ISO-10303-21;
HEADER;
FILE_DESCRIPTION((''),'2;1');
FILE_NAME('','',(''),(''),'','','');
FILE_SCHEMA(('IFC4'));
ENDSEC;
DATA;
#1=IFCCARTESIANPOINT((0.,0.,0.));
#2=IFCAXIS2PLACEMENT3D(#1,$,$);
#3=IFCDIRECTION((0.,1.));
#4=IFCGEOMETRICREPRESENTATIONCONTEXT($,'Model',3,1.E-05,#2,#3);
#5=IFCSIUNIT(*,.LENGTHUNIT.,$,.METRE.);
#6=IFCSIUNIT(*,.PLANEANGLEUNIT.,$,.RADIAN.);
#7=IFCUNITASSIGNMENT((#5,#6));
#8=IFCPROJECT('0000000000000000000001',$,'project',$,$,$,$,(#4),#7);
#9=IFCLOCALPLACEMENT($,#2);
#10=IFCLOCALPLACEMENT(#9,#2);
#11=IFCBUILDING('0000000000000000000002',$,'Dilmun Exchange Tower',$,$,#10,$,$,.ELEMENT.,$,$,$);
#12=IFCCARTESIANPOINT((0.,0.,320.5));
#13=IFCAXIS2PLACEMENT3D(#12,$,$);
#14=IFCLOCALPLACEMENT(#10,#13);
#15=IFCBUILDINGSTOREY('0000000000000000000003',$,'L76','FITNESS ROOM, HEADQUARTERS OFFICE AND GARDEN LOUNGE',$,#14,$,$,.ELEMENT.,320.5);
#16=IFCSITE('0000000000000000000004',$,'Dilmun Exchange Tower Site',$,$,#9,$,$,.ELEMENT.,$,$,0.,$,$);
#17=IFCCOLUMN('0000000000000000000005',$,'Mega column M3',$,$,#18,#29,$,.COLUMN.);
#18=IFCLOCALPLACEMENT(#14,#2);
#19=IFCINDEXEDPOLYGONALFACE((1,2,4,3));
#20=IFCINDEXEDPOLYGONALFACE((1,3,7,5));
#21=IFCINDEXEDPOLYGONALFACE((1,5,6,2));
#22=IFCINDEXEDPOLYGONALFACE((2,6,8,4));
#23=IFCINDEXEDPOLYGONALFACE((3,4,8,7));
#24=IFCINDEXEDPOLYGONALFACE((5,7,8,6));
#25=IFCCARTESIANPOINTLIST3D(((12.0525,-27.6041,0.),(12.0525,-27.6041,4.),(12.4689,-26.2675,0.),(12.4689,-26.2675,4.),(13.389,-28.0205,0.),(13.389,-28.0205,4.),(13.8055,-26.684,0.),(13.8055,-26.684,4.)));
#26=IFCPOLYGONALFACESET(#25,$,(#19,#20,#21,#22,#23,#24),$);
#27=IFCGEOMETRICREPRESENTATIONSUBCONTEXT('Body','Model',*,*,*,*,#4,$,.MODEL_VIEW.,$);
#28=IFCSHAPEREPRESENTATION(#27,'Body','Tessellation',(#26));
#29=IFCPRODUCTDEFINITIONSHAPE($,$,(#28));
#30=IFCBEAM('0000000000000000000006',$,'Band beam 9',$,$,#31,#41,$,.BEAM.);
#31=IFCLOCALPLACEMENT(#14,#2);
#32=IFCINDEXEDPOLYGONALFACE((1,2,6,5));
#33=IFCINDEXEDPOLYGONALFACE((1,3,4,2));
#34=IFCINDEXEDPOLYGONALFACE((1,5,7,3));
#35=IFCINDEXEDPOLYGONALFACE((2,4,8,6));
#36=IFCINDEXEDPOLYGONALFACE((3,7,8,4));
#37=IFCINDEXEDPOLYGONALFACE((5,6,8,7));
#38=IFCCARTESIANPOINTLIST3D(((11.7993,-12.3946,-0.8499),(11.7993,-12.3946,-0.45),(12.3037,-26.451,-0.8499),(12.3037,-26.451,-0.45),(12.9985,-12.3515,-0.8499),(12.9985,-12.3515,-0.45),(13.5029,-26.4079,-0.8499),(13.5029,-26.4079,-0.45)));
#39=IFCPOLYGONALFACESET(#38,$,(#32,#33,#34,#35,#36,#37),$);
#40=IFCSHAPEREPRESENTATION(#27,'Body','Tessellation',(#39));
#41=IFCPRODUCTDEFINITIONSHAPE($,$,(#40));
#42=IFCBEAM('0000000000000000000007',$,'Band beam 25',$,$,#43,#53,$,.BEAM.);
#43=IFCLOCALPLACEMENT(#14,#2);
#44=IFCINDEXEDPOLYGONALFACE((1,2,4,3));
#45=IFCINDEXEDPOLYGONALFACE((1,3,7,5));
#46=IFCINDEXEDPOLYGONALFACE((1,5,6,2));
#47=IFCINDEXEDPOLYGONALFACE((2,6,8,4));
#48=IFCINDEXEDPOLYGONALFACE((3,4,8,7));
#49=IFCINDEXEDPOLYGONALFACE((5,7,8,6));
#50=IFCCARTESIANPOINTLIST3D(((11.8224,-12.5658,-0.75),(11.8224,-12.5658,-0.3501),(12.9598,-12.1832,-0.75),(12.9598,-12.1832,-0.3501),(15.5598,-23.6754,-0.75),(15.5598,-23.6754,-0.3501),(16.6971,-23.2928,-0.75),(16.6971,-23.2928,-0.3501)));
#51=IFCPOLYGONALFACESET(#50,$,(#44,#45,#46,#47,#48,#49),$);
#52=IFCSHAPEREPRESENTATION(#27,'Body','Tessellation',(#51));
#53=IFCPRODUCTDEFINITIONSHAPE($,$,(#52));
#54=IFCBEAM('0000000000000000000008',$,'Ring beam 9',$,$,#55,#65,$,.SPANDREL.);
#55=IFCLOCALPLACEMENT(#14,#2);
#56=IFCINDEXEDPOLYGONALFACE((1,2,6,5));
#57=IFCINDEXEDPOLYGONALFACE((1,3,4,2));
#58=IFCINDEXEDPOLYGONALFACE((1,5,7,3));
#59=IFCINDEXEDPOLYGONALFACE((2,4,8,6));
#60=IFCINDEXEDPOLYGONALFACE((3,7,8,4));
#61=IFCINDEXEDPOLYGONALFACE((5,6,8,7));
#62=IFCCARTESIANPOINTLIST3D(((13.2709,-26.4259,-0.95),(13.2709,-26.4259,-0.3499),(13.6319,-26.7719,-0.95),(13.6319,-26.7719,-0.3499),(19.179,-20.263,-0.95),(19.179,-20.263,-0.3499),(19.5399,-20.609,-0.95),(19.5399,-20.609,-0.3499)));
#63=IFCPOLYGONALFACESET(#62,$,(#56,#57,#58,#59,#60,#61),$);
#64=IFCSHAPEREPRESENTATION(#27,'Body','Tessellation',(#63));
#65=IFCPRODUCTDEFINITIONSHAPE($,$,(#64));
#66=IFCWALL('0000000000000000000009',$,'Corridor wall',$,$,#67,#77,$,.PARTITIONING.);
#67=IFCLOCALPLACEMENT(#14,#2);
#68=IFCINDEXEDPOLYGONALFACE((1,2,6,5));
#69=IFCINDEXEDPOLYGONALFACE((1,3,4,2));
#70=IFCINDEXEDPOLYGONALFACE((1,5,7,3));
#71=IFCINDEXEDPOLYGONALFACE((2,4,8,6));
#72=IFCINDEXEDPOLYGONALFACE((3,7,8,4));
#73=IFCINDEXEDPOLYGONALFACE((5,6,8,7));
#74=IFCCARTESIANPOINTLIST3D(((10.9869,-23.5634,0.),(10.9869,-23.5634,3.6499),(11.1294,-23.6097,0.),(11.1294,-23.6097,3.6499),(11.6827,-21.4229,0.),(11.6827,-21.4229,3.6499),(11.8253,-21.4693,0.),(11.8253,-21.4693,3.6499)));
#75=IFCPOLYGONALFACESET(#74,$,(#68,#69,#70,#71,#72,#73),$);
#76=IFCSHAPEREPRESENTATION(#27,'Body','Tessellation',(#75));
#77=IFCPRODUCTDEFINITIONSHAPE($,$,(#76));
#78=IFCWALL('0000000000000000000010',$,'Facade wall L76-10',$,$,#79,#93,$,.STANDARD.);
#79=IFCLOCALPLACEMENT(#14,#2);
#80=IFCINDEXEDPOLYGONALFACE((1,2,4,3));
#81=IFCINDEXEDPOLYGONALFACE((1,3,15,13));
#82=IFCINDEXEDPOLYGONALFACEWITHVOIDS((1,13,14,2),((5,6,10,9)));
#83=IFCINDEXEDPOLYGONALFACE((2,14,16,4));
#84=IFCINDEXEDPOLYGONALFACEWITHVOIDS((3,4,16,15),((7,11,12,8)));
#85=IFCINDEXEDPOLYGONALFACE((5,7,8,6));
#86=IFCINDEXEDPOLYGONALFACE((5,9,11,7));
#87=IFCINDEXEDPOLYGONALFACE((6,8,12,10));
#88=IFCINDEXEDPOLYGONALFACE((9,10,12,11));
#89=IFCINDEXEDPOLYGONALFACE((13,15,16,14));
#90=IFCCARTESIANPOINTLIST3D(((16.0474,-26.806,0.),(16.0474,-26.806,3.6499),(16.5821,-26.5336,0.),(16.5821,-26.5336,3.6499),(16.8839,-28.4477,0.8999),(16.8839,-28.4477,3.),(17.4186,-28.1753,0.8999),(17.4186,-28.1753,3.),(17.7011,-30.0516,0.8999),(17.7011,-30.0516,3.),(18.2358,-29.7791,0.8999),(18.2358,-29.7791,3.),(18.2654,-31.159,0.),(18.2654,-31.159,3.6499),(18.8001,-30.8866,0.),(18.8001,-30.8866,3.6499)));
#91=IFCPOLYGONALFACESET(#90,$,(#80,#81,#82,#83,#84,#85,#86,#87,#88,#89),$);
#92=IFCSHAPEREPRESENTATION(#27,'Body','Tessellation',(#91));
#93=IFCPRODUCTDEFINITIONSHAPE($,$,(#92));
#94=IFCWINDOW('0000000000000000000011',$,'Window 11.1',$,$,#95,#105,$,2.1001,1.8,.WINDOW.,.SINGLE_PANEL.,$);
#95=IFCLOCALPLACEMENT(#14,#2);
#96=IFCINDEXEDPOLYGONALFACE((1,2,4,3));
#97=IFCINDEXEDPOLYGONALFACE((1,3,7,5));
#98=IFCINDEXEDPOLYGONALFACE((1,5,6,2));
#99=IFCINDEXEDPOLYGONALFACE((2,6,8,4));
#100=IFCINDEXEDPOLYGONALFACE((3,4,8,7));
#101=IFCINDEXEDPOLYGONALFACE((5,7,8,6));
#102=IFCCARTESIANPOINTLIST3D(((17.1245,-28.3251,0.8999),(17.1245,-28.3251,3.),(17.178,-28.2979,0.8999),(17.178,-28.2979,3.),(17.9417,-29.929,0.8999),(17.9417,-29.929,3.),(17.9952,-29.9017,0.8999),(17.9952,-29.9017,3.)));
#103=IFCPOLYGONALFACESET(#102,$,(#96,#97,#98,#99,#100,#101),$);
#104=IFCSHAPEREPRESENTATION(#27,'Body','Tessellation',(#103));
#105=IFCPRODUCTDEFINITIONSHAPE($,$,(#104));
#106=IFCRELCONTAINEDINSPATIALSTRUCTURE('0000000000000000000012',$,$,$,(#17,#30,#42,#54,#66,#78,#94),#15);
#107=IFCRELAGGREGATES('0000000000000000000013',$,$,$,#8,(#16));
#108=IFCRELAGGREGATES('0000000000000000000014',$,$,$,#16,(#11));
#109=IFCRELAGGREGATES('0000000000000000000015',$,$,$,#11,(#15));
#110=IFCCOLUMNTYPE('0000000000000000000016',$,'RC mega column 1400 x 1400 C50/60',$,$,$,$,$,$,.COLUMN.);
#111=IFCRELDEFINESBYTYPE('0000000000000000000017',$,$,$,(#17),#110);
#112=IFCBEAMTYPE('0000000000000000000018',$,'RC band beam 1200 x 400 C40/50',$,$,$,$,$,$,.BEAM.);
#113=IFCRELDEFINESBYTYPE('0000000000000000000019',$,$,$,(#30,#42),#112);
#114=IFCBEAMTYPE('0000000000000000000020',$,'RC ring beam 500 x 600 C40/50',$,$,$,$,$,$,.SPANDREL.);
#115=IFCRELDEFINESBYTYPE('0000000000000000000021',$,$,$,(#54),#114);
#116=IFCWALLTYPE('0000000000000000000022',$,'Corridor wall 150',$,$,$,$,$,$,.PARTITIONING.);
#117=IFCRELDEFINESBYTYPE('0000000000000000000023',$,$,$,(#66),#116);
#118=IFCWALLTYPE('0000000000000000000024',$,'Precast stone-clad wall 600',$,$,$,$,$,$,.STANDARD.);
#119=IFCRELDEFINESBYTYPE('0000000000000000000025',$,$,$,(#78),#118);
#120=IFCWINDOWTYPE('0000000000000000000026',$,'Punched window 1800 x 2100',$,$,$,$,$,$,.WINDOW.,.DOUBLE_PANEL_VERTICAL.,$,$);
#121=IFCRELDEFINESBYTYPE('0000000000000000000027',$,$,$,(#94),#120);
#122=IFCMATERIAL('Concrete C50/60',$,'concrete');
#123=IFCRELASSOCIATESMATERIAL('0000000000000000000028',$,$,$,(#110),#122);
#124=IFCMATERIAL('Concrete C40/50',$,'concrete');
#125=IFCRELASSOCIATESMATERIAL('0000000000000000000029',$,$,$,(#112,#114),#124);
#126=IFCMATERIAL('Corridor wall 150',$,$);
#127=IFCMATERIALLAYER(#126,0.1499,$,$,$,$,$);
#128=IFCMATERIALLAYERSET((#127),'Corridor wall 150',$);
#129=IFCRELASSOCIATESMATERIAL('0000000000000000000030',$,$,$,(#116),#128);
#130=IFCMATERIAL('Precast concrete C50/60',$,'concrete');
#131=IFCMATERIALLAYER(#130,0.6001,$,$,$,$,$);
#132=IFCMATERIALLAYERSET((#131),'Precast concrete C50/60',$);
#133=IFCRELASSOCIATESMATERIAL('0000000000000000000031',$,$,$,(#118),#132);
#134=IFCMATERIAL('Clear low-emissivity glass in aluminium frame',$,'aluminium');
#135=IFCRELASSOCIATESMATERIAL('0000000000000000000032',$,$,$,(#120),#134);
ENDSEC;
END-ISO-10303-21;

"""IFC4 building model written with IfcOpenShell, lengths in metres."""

from ifc_helpers import new_model, si_unit, direction, frame, frame_2d, origin, origin_2d, place, context, subcontext, project, spatial, rectangle, extrude, material, layer, layer_set, material_profile, profile_set, type_object, element, fill, save


model = new_model("IFC4")

# Units and contexts
model_context = context("Model", 3, precision=1e-05, world=origin(), true_north=direction((0.0, 1.0)))
body_context = subcontext(model_context, "Body", "Model", "MODEL_VIEW")
ifc_project = project(units=[si_unit("LENGTHUNIT", "METRE"), si_unit("PLANEANGLEUNIT", "RADIAN")], contexts=[model_context])

# Site, building, storey
site_placement = place(None, origin())
site = spatial("IfcSite", under=ifc_project, at=site_placement, Name="Dilmun Exchange Tower Site", CompositionType="ELEMENT", RefElevation=0.0)
building_placement = place(site_placement, origin())
building = spatial("IfcBuilding", under=site, at=building_placement, Name="Dilmun Exchange Tower", CompositionType="ELEMENT")
storey_placement = place(building_placement, frame((0.0, 0.0, 320.5)))
storey = spatial("IfcBuildingStorey", under=building, at=storey_placement, Name="L76", Description="FITNESS ROOM, HEADQUARTERS OFFICE AND GARDEN LOUNGE", CompositionType="ELEMENT", Elevation=320.5)

# Column
ifc_material_1 = material(Name="Concrete C50/60", Category="concrete")
ifc_material_profile_1 = material_profile(ifc_material_1, rectangle(XDim=1.3999, YDim=1.3999, at=origin_2d()), Name="1400 x 1400")
ifc_profile_set_1 = profile_set([ifc_material_profile_1], Name="Concrete C50/60")
column_type = type_object("IfcColumnType", Name="RC mega column 1400 x 1400 C50/60", PredefinedType="COLUMN", material=ifc_profile_set_1)
column_placement = place(storey_placement, frame((12.929, -27.144, 0.0), z_axis=(0.0, 0.0, 1.0), x_axis=(0.297503, 0.954721, 0.0)))
element("IfcColumn", 1, at=column_placement, inside=storey, type_object=column_type, Name="Mega column M3", PredefinedType="COLUMN", context=body_context, shape_type="SweptSolid", body=[
    extrude(rectangle(XDim=1.3999, YDim=1.3999, at=origin_2d()), origin(), (0.0, 0.0, 1.0), 4.0),
])

# Beams
ifc_material_2 = material(Name="Concrete C40/50", Category="concrete")
ifc_material_profile_2 = material_profile(ifc_material_2, rectangle(XDim=1.2, YDim=0.3999, at=origin_2d()), Name="1200 x 400")
ifc_profile_set_2 = profile_set([ifc_material_profile_2], Name="Concrete C40/50")
beam_type_1 = type_object("IfcBeamType", Name="RC band beam 1200 x 400 C40/50", PredefinedType="BEAM", material=ifc_profile_set_2)
beam_1_placement = place(storey_placement, frame((12.9033, -26.4294, -0.6499), z_axis=(-0.035861, 0.999357, 0.0), x_axis=(-0.999357, -0.035861, 0.0)))
element("IfcBeam", 2, at=beam_1_placement, inside=storey, type_object=beam_type_1, Name="Band beam 9", PredefinedType="BEAM", context=body_context, shape_type="SweptSolid", body=[
    extrude(rectangle(XDim=1.2, YDim=0.3999, at=origin_2d()), origin(), (0.0, 0.0, 1.0), 14.0654),
])
beam_2_placement = place(storey_placement, frame((16.1284, -23.4841, -0.55), z_axis=(-0.318845, 0.947807, 0.0), x_axis=(-0.947807, -0.318845, 0.0)))
element("IfcBeam", 3, at=beam_2_placement, inside=storey, type_object=beam_type_1, Name="Band beam 25", PredefinedType="BEAM", context=body_context, shape_type="SweptSolid", body=[
    extrude(rectangle(XDim=1.2, YDim=0.3999, at=origin_2d()), origin(), (0.0, 0.0, 1.0), 11.7214),
])
ifc_material_profile_3 = material_profile(ifc_material_2, rectangle(XDim=0.5, YDim=0.6001, at=origin_2d()), Name="500 x 600")
ifc_profile_set_3 = profile_set([ifc_material_profile_3], Name="Concrete C40/50")
beam_type_2 = type_object("IfcBeamType", Name="RC ring beam 500 x 600 C40/50", PredefinedType="SPANDREL", material=ifc_profile_set_3)
beam_3_placement = place(storey_placement, frame((13.4514, -26.5989, -0.6499), z_axis=(0.692022, 0.721877, 0.0), x_axis=(-0.721877, 0.692022, 0.0)))
element("IfcBeam", 4, at=beam_3_placement, inside=storey, type_object=beam_type_2, Name="Ring beam 9", PredefinedType="SPANDREL", context=body_context, shape_type="SweptSolid", body=[
    extrude(rectangle(XDim=0.5, YDim=0.6001, at=origin_2d()), origin(), (0.0, 0.0, 1.0), 8.5374),
])

# Wall
ifc_material_3 = material(Name="Corridor wall 150")
ifc_layer_1 = layer(ifc_material_3, 0.1499)
ifc_layer_set_1 = layer_set([ifc_layer_1], Name="Corridor wall 150")
wall_type_1 = type_object("IfcWallType", Name="Corridor wall 150", PredefinedType="PARTITIONING", material=ifc_layer_set_1)
wall_1_placement = place(storey_placement, frame((11.0581, -23.5867, 0.0), z_axis=(0.0, 0.0, 1.0), x_axis=(0.309157, 0.951011, 0.0)))
element("IfcWall", 5, at=wall_1_placement, inside=storey, type_object=wall_type_1, Name="Corridor wall", PredefinedType="PARTITIONING", context=body_context, shape_type="SweptSolid", body=[
    extrude(rectangle(XDim=2.2507, YDim=0.1499, at=frame_2d((1.1255, 0.0))), origin(), (0.0, 0.0, 1.0), 3.6499),
])

# Wall, opening, window
ifc_material_4 = material(Name="Precast concrete C50/60", Category="concrete")
ifc_layer_2 = layer(ifc_material_4, 0.6001)
ifc_layer_set_2 = layer_set([ifc_layer_2], Name="Precast concrete C50/60")
wall_type_2 = type_object("IfcWallType", Name="Precast stone-clad wall 600", PredefinedType="STANDARD", material=ifc_layer_set_2)
wall_2_placement = place(storey_placement, frame((16.3147, -26.6697, 0.0), z_axis=(0.0, 0.0, 1.0), x_axis=(0.453997, -0.891003, 0.0)))
wall_2 = element("IfcWall", 6, at=wall_2_placement, inside=storey, type_object=wall_type_2, Name="Facade wall L76-10", PredefinedType="STANDARD", context=body_context, shape_type="SweptSolid", body=[
    extrude(rectangle(XDim=4.8855, YDim=0.6001, at=frame_2d((2.4429, 0.0))), origin(), (0.0, 0.0, 1.0), 3.6499),
])
opening_1_placement = place(wall_2_placement, frame((1.8428, 0.0, 0.8999)))
opening_1 = element("IfcOpeningElement", 7, at=opening_1_placement, cuts=wall_2, PredefinedType="OPENING", context=body_context, shape_type="SweptSolid", body=[
    extrude(rectangle(XDim=1.8, YDim=2.1001, at=frame_2d((0.8999, 1.05))), frame((0.0, 0.3101, 0.0), z_axis=(0.0, -1.0, 0.0), x_axis=(1.0, 0.0, 0.0)), (0.0, 0.0, 1.0), 0.6201),
])
ifc_material_5 = material(Name="Clear low-emissivity glass in aluminium frame", Category="aluminium")
window_type_1 = type_object("IfcWindowType", Name="Punched window 1800 x 2100", PartitioningType="DOUBLE_PANEL_VERTICAL", PredefinedType="WINDOW", material=ifc_material_5)
window_1_placement = place(opening_1_placement, origin())
window_1 = element("IfcWindow", 8, at=window_1_placement, inside=storey, type_object=window_type_1, Name="Window 11.1", OverallHeight=2.1001, OverallWidth=1.8, PartitioningType="SINGLE_PANEL", PredefinedType="WINDOW", context=body_context, shape_type="SweptSolid", body=[
    extrude(rectangle(XDim=1.8, YDim=2.1001, at=frame_2d((0.8999, 1.05))), frame((0.0, 0.03, 0.0), z_axis=(0.0, -1.0, 0.0), x_axis=(1.0, 0.0, 0.0)), (0.0, 0.0, 1.0), 0.0601),
])
fill(opening_1, window_1)

save(model, "model.ifc")
